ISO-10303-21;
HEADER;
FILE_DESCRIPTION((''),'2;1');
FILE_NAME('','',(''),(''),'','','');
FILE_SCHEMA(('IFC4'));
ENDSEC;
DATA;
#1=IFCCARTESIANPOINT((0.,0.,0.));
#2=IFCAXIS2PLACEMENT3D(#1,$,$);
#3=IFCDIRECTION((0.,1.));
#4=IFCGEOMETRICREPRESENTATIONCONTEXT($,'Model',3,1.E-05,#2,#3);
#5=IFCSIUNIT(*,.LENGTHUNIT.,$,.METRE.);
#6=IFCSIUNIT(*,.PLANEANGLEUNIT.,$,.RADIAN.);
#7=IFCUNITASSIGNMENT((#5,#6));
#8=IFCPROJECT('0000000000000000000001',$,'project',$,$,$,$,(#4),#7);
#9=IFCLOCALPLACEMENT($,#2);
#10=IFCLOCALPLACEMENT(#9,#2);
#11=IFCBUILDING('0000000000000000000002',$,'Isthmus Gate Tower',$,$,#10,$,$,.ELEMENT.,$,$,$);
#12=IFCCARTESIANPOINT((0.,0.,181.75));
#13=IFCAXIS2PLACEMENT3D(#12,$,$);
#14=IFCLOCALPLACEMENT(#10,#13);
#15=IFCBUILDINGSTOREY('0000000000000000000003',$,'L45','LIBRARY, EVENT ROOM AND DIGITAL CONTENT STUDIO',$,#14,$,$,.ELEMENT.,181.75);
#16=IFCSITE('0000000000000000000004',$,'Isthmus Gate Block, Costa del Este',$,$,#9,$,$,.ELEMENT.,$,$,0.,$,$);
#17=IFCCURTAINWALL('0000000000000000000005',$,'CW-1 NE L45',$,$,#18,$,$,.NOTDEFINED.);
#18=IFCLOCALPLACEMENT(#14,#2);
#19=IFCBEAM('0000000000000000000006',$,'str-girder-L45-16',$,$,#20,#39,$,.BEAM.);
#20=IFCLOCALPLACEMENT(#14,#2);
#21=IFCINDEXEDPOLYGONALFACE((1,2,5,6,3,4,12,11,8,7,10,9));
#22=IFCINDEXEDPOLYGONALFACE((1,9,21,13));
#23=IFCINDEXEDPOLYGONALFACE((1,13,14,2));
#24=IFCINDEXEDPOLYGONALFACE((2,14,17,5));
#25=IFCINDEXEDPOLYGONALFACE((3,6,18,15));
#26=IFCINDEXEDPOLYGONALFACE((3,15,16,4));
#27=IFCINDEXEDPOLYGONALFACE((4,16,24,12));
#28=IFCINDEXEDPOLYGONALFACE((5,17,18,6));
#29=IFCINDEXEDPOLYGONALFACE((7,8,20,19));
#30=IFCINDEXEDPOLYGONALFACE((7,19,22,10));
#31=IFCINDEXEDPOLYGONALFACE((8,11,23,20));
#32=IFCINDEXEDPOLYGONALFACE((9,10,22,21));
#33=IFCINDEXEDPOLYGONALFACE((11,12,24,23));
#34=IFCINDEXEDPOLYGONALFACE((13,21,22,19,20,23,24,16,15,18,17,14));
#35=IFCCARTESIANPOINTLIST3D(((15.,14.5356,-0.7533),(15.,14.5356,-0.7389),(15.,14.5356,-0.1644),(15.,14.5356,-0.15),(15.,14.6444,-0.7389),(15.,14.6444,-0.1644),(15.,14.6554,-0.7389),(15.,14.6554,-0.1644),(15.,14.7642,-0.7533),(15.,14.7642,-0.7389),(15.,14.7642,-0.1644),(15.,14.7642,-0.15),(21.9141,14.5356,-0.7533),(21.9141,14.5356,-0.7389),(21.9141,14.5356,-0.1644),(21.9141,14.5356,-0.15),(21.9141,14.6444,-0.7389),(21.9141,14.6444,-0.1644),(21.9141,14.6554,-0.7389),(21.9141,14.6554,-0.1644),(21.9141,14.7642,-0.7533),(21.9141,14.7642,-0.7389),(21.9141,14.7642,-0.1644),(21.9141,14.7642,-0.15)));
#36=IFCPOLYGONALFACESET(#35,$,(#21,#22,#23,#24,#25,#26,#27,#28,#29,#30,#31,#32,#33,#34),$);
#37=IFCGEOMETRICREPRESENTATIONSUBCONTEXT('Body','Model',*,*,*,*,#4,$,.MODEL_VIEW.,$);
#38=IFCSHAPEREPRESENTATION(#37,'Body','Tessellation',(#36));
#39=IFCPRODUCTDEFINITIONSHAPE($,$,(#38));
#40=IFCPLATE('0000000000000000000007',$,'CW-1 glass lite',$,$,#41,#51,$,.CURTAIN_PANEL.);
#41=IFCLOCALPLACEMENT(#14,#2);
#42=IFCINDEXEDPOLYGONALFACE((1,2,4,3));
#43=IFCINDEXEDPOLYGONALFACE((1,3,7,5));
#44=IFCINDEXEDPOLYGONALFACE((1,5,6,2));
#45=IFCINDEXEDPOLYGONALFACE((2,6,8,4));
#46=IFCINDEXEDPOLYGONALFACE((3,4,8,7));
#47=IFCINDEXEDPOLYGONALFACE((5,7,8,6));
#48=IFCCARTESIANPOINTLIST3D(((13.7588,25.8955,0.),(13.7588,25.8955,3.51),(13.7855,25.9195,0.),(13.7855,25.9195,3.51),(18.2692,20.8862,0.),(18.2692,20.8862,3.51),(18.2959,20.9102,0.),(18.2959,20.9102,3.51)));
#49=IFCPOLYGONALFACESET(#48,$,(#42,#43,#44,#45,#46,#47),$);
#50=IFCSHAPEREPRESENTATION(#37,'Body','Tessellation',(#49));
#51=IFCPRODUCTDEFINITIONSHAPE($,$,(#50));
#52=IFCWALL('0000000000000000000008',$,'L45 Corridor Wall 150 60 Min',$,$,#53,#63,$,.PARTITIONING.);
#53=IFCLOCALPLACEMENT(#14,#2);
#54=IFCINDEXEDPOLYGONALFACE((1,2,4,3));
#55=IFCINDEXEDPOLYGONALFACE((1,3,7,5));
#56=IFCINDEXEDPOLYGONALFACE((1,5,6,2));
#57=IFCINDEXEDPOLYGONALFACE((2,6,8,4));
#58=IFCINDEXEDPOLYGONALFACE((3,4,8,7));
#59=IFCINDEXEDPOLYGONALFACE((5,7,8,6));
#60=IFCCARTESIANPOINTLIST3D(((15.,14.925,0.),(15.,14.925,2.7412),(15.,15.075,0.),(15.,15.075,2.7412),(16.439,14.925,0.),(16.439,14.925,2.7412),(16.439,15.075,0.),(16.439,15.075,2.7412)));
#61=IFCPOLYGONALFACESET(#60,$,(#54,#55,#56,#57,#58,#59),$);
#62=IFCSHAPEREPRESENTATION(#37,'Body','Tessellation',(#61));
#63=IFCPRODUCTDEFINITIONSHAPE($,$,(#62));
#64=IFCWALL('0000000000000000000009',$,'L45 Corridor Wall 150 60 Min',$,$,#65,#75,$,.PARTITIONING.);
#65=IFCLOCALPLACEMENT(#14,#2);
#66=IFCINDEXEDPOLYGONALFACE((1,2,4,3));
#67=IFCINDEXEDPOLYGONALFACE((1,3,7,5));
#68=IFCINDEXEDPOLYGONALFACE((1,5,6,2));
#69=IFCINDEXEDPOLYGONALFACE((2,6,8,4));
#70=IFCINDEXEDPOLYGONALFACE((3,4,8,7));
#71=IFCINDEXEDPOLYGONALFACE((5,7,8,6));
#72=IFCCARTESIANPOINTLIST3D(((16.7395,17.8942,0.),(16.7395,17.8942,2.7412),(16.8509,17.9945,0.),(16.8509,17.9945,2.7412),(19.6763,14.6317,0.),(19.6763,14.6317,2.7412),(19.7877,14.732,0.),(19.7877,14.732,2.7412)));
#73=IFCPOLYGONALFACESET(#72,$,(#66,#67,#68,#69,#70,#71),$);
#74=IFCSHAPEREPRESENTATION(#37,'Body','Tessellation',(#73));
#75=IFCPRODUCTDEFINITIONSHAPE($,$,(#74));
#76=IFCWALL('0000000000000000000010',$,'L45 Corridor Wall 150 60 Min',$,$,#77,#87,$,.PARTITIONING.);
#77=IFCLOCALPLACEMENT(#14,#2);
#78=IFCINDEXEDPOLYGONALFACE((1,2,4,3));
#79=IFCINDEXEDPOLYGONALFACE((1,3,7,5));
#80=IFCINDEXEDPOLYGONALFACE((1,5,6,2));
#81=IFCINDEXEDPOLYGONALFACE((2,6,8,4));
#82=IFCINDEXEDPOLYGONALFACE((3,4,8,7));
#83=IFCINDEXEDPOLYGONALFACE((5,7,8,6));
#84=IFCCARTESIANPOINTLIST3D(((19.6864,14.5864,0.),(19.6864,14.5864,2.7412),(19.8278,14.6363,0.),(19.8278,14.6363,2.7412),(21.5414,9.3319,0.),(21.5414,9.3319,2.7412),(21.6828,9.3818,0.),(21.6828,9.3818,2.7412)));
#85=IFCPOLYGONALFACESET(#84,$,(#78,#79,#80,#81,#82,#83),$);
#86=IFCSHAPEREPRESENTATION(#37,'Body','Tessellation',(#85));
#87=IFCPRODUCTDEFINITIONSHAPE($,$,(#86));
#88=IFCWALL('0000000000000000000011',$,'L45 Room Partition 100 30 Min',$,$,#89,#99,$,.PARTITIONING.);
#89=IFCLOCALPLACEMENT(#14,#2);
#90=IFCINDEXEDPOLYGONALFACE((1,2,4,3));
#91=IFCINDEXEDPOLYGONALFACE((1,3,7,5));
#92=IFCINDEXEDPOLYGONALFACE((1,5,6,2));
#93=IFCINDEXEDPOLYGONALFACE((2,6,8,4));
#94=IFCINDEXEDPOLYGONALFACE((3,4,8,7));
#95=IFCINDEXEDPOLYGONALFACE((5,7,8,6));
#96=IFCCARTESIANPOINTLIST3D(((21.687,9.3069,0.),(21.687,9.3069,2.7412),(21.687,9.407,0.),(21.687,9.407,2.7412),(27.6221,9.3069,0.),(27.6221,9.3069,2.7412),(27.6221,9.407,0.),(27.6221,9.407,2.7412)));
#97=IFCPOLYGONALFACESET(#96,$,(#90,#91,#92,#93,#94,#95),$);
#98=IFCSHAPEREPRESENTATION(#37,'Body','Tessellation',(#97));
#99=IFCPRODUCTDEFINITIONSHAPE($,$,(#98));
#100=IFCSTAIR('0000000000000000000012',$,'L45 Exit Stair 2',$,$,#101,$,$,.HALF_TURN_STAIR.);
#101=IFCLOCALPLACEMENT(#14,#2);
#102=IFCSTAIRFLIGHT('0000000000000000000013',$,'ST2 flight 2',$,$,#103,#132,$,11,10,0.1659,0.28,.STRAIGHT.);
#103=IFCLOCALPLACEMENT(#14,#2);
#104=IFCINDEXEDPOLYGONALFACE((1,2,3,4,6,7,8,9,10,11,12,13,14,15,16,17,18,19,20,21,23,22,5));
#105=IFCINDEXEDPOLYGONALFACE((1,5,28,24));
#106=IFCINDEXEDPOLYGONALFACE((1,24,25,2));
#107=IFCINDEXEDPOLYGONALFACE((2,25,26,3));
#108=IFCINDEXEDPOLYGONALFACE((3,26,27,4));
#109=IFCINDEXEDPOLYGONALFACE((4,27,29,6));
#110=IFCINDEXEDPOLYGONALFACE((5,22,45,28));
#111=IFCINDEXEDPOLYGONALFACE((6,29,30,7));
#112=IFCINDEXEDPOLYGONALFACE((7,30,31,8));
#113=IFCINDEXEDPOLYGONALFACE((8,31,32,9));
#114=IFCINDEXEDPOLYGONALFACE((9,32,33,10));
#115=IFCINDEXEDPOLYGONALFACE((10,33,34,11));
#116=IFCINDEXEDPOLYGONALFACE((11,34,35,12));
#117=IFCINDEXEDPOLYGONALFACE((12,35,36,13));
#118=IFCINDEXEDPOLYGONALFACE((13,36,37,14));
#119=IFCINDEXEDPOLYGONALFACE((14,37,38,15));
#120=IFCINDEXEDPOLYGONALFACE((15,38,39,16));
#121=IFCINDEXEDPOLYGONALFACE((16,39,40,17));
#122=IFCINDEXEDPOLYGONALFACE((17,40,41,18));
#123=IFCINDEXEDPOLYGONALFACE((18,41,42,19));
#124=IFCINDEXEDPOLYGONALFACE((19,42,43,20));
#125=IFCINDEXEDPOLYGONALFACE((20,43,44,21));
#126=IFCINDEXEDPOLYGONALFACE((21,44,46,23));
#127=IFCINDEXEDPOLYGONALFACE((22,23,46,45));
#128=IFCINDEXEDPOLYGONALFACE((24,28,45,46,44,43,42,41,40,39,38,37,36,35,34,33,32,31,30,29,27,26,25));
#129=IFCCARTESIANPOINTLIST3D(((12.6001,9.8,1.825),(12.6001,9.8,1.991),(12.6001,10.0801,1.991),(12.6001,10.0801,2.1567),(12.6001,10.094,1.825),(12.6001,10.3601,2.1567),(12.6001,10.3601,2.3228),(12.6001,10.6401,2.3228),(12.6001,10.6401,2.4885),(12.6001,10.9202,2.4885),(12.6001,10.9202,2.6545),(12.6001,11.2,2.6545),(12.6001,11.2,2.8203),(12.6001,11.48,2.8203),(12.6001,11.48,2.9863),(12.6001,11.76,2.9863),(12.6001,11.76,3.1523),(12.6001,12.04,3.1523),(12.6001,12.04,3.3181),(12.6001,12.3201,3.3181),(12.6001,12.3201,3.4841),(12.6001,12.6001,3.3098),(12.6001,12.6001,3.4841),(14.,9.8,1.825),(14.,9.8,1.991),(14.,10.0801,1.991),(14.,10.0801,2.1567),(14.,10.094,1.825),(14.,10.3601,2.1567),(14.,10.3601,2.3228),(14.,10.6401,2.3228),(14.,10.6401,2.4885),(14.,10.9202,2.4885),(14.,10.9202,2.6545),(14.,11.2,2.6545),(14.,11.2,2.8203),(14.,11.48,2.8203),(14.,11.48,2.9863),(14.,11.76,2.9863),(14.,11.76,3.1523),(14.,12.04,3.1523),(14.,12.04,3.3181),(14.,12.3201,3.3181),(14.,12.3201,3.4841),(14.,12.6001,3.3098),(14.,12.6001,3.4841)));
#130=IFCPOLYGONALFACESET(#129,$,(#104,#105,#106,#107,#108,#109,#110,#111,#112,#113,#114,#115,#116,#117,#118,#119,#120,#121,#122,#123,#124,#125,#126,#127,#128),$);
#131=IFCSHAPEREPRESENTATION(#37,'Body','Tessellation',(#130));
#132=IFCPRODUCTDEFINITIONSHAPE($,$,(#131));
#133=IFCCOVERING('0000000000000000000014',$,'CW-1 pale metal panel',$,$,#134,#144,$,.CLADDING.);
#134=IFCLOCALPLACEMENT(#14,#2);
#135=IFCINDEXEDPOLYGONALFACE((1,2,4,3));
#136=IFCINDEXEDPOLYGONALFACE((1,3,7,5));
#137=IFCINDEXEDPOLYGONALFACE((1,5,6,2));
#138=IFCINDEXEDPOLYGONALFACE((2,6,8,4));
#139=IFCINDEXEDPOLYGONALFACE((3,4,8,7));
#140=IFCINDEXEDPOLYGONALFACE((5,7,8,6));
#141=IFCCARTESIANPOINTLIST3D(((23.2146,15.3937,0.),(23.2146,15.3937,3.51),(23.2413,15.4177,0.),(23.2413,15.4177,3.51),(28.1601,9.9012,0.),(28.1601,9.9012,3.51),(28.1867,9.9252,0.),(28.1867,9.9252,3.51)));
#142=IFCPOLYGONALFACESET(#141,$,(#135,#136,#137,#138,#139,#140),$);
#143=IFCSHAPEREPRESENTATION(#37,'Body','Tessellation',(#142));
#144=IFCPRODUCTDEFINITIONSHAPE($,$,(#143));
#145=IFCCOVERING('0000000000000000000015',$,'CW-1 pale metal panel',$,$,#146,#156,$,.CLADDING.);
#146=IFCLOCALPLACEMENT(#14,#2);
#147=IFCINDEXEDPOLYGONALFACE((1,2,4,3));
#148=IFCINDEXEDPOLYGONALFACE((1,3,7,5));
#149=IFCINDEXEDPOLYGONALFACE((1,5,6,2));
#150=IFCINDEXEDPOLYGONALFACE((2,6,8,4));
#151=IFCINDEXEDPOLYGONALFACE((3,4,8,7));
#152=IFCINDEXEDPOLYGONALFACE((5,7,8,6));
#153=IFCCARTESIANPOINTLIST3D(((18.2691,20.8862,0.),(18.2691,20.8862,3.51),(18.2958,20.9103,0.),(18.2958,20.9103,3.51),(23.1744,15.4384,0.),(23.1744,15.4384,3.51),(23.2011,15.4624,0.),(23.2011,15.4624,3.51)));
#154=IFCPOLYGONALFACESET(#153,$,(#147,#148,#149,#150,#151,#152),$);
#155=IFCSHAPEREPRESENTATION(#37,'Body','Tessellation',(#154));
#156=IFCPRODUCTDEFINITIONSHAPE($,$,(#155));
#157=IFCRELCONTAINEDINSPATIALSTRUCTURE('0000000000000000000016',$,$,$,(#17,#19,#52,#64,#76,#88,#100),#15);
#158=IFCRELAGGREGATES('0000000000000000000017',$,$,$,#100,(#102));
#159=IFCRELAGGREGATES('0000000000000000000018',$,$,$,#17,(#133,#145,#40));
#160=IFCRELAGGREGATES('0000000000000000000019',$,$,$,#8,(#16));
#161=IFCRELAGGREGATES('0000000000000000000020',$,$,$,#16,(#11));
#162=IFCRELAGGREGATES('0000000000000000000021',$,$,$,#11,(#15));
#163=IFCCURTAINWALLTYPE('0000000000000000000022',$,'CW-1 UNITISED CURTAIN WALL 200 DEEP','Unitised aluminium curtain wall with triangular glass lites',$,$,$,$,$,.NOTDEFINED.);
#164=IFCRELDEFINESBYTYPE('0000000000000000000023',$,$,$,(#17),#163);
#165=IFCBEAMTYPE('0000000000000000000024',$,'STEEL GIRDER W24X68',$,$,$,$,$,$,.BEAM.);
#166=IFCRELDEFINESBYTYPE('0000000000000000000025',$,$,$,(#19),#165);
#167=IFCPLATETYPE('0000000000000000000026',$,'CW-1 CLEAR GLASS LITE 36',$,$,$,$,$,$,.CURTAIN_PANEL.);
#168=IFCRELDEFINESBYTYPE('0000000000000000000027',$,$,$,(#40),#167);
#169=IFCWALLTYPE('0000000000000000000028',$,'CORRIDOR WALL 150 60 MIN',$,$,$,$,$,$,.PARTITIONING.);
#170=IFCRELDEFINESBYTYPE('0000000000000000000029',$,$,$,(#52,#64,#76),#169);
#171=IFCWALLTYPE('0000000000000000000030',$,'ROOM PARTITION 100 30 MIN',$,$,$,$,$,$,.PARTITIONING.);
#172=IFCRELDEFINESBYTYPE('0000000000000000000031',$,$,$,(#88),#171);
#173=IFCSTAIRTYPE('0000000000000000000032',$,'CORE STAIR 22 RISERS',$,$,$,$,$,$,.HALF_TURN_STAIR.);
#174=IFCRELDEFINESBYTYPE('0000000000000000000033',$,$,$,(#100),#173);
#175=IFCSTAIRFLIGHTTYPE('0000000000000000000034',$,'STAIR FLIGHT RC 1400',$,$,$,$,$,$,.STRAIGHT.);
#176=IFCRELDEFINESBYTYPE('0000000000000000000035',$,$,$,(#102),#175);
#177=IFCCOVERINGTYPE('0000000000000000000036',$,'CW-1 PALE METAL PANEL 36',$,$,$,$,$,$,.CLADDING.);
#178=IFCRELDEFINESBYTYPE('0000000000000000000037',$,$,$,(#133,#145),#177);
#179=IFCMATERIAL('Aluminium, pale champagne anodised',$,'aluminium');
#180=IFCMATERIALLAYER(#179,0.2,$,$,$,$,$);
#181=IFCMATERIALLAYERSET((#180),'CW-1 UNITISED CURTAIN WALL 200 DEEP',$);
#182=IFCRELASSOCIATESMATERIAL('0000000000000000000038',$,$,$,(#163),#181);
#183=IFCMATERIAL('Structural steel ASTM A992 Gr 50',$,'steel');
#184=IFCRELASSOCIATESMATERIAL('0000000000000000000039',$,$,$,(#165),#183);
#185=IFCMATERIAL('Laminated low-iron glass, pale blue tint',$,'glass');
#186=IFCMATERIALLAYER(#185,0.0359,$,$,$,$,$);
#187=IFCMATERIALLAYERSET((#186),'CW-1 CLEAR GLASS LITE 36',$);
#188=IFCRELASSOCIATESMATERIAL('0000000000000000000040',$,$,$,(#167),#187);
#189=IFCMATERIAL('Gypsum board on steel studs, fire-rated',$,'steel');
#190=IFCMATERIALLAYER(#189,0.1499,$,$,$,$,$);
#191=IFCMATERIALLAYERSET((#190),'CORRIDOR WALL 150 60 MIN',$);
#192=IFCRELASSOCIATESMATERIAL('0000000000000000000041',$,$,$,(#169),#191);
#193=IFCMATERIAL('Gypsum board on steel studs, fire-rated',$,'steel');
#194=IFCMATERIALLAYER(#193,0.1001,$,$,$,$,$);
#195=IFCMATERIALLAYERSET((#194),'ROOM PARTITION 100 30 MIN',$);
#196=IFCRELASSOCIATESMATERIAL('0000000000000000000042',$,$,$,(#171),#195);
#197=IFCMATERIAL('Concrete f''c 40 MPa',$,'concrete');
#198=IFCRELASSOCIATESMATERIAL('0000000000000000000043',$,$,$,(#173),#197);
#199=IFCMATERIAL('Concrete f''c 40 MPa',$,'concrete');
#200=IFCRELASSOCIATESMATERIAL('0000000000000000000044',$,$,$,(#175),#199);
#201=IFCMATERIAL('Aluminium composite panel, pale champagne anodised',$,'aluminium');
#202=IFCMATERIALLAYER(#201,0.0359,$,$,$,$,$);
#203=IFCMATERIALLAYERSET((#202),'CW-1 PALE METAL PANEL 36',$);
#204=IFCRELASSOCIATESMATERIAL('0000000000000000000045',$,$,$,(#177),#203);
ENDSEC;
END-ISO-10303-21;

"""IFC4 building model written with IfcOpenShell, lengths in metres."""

from ifc_helpers import new_model, si_unit, direction, frame, frame_2d, origin, origin_2d, place, context, subcontext, project, spatial, polyline, rectangle, i_section, outline, extrude, material, layer, layer_set, material_profile, profile_set, type_object, element, aggregate, save


model = new_model("IFC4")

# Units and contexts
model_context = context("Model", 3, precision=1e-05, world=origin(), true_north=direction((0.0, 1.0)))
body_context = subcontext(model_context, "Body", "Model", "MODEL_VIEW")
ifc_project = project(units=[si_unit("LENGTHUNIT", "METRE"), si_unit("PLANEANGLEUNIT", "RADIAN")], contexts=[model_context])

# Site, building, storey
site_placement = place(None, origin())
site = spatial("IfcSite", under=ifc_project, at=site_placement, Name="Isthmus Gate Block, Costa del Este", CompositionType="ELEMENT", RefElevation=0.0)
building_placement = place(site_placement, origin())
building = spatial("IfcBuilding", under=site, at=building_placement, Name="Isthmus Gate Tower", CompositionType="ELEMENT")
storey_placement = place(building_placement, frame((0.0, 0.0, 181.75)))
storey = spatial("IfcBuildingStorey", under=building, at=storey_placement, Name="L45", Description="LIBRARY, EVENT ROOM AND DIGITAL CONTENT STUDIO", CompositionType="ELEMENT", Elevation=181.75)

# Curtain wall
ifc_material_1 = material(Name="Aluminium, pale champagne anodised", Category="aluminium")
ifc_layer_1 = layer(ifc_material_1, 0.2)
ifc_layer_set_1 = layer_set([ifc_layer_1], Name="CW-1 UNITISED CURTAIN WALL 200 DEEP")
curtain_wall_type = type_object("IfcCurtainWallType", Name="CW-1 UNITISED CURTAIN WALL 200 DEEP", Description="Unitised aluminium curtain wall with triangular glass lites", PredefinedType="NOTDEFINED", material=ifc_layer_set_1)
curtain_wall_placement = place(storey_placement, origin())
curtain_wall = element("IfcCurtainWall", 1, at=curtain_wall_placement, inside=storey, type_object=curtain_wall_type, Name="CW-1 NE L45", PredefinedType="NOTDEFINED")

# Beam
ifc_material_2 = material(Name="Structural steel ASTM A992 Gr 50", Category="steel")
ifc_material_profile_1 = material_profile(ifc_material_2, i_section(OverallWidth=0.2285, OverallDepth=0.6033, WebThickness=0.011, FlangeThickness=0.0144, at=origin_2d()), Name="W24X68")
ifc_profile_set_1 = profile_set([ifc_material_profile_1], Name="Structural steel ASTM A992 Gr 50")
beam_type_1 = type_object("IfcBeamType", Name="STEEL GIRDER W24X68", PredefinedType="BEAM", material=ifc_profile_set_1)
beam_1_placement = place(storey_placement, frame((15.0, 14.6499, -0.4517), z_axis=(1.0, 0.0, 0.0), x_axis=(0.0, 1.0, 0.0)))
element("IfcBeam", 2, at=beam_1_placement, inside=storey, type_object=beam_type_1, Name="str-girder-L45-16", PredefinedType="BEAM", context=body_context, shape_type="SweptSolid", body=[
    extrude(i_section(OverallWidth=0.2285, OverallDepth=0.6033, WebThickness=0.011, FlangeThickness=0.0144, at=origin_2d()), origin(), (0.0, 0.0, 1.0), 6.9141),
])

# Plate
ifc_material_3 = material(Name="Laminated low-iron glass, pale blue tint", Category="glass")
ifc_layer_2 = layer(ifc_material_3, 0.0359)
ifc_layer_set_2 = layer_set([ifc_layer_2], Name="CW-1 CLEAR GLASS LITE 36")
plate_type = type_object("IfcPlateType", Name="CW-1 CLEAR GLASS LITE 36", PredefinedType="CURTAIN_PANEL", material=ifc_layer_set_2)
plate_placement = place(storey_placement, frame((16.0273, 23.4028, 0.0), z_axis=(0.0, 0.0, 1.0), x_axis=(-0.669131, 0.743145, 0.0)))
plate = element("IfcPlate", 3, at=plate_placement, type_object=plate_type, Name="CW-1 glass lite", PredefinedType="CURTAIN_PANEL", context=body_context, shape_type="SweptSolid", body=[
    extrude(rectangle(XDim=6.7407, YDim=0.0359, at=origin_2d()), origin(), (0.0, 0.0, 1.0), 3.51),
])

# Walls
ifc_material_4 = material(Name="Gypsum board on steel studs, fire-rated", Category="steel")
ifc_layer_3 = layer(ifc_material_4, 0.1499)
ifc_layer_set_3 = layer_set([ifc_layer_3], Name="CORRIDOR WALL 150 60 MIN")
wall_type_1 = type_object("IfcWallType", Name="CORRIDOR WALL 150 60 MIN", PredefinedType="PARTITIONING", material=ifc_layer_set_3)
wall_1_placement = place(storey_placement, frame((16.439, 15.0, 0.0), z_axis=(0.0, 0.0, 1.0), x_axis=(-1.0, 0.0, 0.0)))
element("IfcWall", 4, at=wall_1_placement, inside=storey, type_object=wall_type_1, Name="L45 Corridor Wall 150 60 Min", PredefinedType="PARTITIONING", context=body_context, shape_type="SweptSolid", body=[
    extrude(rectangle(XDim=1.439, YDim=0.1499, at=frame_2d((0.7195, 0.0))), origin(), (0.0, 0.0, 1.0), 2.7412),
])
wall_2_placement = place(storey_placement, frame((16.7952, 17.9443, 0.0), z_axis=(0.0, 0.0, 1.0), x_axis=(0.669035, -0.743231, 0.0)))
element("IfcWall", 5, at=wall_2_placement, inside=storey, type_object=wall_type_1, Name="L45 Corridor Wall 150 60 Min", PredefinedType="PARTITIONING", context=body_context, shape_type="SweptSolid", body=[
    extrude(rectangle(XDim=4.3896, YDim=0.1499, at=frame_2d((2.1948, 0.0))), origin(), (0.0, 0.0, 1.0), 2.7412),
])
wall_3_placement = place(storey_placement, frame((19.7571, 14.6113, 0.0), z_axis=(0.0, 0.0, 1.0), x_axis=(0.332898, -0.942963, 0.0)))
element("IfcWall", 6, at=wall_3_placement, inside=storey, type_object=wall_type_1, Name="L45 Corridor Wall 150 60 Min", PredefinedType="PARTITIONING", context=body_context, shape_type="SweptSolid", body=[
    extrude(rectangle(XDim=5.5723, YDim=0.1499, at=frame_2d((2.7861, 0.0))), origin(), (0.0, 0.0, 1.0), 2.7412),
])
ifc_material_5 = material(Name="Gypsum board on steel studs, fire-rated", Category="steel")
ifc_layer_4 = layer(ifc_material_5, 0.1001)
ifc_layer_set_4 = layer_set([ifc_layer_4], Name="ROOM PARTITION 100 30 MIN")
wall_type_2 = type_object("IfcWallType", Name="ROOM PARTITION 100 30 MIN", PredefinedType="PARTITIONING", material=ifc_layer_set_4)
wall_4_placement = place(storey_placement, frame((21.687, 9.3569, 0.0), z_axis=(0.0, 0.0, 1.0), x_axis=(1.0, 0.0, 0.0)))
element("IfcWall", 7, at=wall_4_placement, inside=storey, type_object=wall_type_2, Name="L45 Room Partition 100 30 Min", PredefinedType="PARTITIONING", context=body_context, shape_type="SweptSolid", body=[
    extrude(rectangle(XDim=5.9351, YDim=0.1001, at=frame_2d((2.9675, 0.0))), origin(), (0.0, 0.0, 1.0), 2.7412),
])

# Stair, stair flight
ifc_material_6 = material(Name="Concrete f'c 40 MPa", Category="concrete")
stair_type = type_object("IfcStairType", Name="CORE STAIR 22 RISERS", PredefinedType="HALF_TURN_STAIR", material=ifc_material_6)
stair_placement = place(storey_placement, origin())
stair = element("IfcStair", 8, at=stair_placement, inside=storey, type_object=stair_type, Name="L45 Exit Stair 2", PredefinedType="HALF_TURN_STAIR")
ifc_material_7 = material(Name="Concrete f'c 40 MPa", Category="concrete")
stair_flight_type = type_object("IfcStairFlightType", Name="STAIR FLIGHT RC 1400", PredefinedType="STRAIGHT", material=ifc_material_7)
stair_flight_placement = place(storey_placement, frame((13.3, 9.8, 1.825), z_axis=(0.0, 0.0, 1.0), x_axis=(0.0, 1.0, 0.0)))
stair_flight = element("IfcStairFlight", 9, at=stair_flight_placement, type_object=stair_flight_type, Name="ST2 flight 2", NumberOfRisers=11, NumberOfTreads=10, PredefinedType="STRAIGHT", RiserHeight=0.1659, TreadLength=0.28, context=body_context, shape_type="SweptSolid", body=[
    extrude(outline(polyline([(0.0, 0.0), (0.0, 0.166), (0.28, 0.166), (0.28, 0.3318), (0.5601, 0.3318), (0.5601, 0.4978), (0.8401, 0.4978), (0.8401, 0.6636), (1.1201, 0.6636), (1.1201, 0.8296), (1.3999, 0.8296), (1.3999, 0.9954), (1.6799, 0.9954), (1.6799, 1.1614), (1.96, 1.1614), (1.96, 1.3274), (2.24, 1.3274), (2.24, 1.4932), (2.52, 1.4932), (2.52, 1.6592), (2.8, 1.6592), (2.8, 1.825), (2.8, 1.4849), (0.2939, 0.0), (0.0, 0.0)])), frame((0.0, 0.7, 0.0), z_axis=(0.0, -1.0, 0.0), x_axis=(1.0, 0.0, 0.0)), (0.0, 0.0, 1.0), 1.3999),
])
aggregate(stair, [stair_flight])

# Coverings
ifc_material_8 = material(Name="Aluminium composite panel, pale champagne anodised", Category="aluminium")
ifc_layer_5 = layer(ifc_material_8, 0.0359)
ifc_layer_set_5 = layer_set([ifc_layer_5], Name="CW-1 PALE METAL PANEL 36")
covering_type = type_object("IfcCoveringType", Name="CW-1 PALE METAL PANEL 36", PredefinedType="CLADDING", material=ifc_layer_set_5)
covering_1_placement = place(storey_placement, frame((25.7007, 12.6594, 0.0), z_axis=(0.0, 0.0, 1.0), x_axis=(-0.669131, 0.743145, 0.0)))
covering_1 = element("IfcCovering", 10, at=covering_1_placement, type_object=covering_type, Name="CW-1 pale metal panel", PredefinedType="CLADDING", context=body_context, shape_type="SweptSolid", body=[
    extrude(rectangle(XDim=7.3909, YDim=0.0359, at=origin_2d()), origin(), (0.0, 0.0, 1.0), 3.51),
])
covering_2_placement = place(storey_placement, frame((20.7351, 18.1743, 0.0), z_axis=(0.0, 0.0, 1.0), x_axis=(-0.669131, 0.743145, 0.0)))
covering_2 = element("IfcCovering", 11, at=covering_2_placement, type_object=covering_type, Name="CW-1 pale metal panel", PredefinedType="CLADDING", context=body_context, shape_type="SweptSolid", body=[
    extrude(rectangle(XDim=7.3308, YDim=0.0359, at=origin_2d()), origin(), (0.0, 0.0, 1.0), 3.51),
])
aggregate(curtain_wall, [covering_1, covering_2, plate])

save(model, "model.ifc")
